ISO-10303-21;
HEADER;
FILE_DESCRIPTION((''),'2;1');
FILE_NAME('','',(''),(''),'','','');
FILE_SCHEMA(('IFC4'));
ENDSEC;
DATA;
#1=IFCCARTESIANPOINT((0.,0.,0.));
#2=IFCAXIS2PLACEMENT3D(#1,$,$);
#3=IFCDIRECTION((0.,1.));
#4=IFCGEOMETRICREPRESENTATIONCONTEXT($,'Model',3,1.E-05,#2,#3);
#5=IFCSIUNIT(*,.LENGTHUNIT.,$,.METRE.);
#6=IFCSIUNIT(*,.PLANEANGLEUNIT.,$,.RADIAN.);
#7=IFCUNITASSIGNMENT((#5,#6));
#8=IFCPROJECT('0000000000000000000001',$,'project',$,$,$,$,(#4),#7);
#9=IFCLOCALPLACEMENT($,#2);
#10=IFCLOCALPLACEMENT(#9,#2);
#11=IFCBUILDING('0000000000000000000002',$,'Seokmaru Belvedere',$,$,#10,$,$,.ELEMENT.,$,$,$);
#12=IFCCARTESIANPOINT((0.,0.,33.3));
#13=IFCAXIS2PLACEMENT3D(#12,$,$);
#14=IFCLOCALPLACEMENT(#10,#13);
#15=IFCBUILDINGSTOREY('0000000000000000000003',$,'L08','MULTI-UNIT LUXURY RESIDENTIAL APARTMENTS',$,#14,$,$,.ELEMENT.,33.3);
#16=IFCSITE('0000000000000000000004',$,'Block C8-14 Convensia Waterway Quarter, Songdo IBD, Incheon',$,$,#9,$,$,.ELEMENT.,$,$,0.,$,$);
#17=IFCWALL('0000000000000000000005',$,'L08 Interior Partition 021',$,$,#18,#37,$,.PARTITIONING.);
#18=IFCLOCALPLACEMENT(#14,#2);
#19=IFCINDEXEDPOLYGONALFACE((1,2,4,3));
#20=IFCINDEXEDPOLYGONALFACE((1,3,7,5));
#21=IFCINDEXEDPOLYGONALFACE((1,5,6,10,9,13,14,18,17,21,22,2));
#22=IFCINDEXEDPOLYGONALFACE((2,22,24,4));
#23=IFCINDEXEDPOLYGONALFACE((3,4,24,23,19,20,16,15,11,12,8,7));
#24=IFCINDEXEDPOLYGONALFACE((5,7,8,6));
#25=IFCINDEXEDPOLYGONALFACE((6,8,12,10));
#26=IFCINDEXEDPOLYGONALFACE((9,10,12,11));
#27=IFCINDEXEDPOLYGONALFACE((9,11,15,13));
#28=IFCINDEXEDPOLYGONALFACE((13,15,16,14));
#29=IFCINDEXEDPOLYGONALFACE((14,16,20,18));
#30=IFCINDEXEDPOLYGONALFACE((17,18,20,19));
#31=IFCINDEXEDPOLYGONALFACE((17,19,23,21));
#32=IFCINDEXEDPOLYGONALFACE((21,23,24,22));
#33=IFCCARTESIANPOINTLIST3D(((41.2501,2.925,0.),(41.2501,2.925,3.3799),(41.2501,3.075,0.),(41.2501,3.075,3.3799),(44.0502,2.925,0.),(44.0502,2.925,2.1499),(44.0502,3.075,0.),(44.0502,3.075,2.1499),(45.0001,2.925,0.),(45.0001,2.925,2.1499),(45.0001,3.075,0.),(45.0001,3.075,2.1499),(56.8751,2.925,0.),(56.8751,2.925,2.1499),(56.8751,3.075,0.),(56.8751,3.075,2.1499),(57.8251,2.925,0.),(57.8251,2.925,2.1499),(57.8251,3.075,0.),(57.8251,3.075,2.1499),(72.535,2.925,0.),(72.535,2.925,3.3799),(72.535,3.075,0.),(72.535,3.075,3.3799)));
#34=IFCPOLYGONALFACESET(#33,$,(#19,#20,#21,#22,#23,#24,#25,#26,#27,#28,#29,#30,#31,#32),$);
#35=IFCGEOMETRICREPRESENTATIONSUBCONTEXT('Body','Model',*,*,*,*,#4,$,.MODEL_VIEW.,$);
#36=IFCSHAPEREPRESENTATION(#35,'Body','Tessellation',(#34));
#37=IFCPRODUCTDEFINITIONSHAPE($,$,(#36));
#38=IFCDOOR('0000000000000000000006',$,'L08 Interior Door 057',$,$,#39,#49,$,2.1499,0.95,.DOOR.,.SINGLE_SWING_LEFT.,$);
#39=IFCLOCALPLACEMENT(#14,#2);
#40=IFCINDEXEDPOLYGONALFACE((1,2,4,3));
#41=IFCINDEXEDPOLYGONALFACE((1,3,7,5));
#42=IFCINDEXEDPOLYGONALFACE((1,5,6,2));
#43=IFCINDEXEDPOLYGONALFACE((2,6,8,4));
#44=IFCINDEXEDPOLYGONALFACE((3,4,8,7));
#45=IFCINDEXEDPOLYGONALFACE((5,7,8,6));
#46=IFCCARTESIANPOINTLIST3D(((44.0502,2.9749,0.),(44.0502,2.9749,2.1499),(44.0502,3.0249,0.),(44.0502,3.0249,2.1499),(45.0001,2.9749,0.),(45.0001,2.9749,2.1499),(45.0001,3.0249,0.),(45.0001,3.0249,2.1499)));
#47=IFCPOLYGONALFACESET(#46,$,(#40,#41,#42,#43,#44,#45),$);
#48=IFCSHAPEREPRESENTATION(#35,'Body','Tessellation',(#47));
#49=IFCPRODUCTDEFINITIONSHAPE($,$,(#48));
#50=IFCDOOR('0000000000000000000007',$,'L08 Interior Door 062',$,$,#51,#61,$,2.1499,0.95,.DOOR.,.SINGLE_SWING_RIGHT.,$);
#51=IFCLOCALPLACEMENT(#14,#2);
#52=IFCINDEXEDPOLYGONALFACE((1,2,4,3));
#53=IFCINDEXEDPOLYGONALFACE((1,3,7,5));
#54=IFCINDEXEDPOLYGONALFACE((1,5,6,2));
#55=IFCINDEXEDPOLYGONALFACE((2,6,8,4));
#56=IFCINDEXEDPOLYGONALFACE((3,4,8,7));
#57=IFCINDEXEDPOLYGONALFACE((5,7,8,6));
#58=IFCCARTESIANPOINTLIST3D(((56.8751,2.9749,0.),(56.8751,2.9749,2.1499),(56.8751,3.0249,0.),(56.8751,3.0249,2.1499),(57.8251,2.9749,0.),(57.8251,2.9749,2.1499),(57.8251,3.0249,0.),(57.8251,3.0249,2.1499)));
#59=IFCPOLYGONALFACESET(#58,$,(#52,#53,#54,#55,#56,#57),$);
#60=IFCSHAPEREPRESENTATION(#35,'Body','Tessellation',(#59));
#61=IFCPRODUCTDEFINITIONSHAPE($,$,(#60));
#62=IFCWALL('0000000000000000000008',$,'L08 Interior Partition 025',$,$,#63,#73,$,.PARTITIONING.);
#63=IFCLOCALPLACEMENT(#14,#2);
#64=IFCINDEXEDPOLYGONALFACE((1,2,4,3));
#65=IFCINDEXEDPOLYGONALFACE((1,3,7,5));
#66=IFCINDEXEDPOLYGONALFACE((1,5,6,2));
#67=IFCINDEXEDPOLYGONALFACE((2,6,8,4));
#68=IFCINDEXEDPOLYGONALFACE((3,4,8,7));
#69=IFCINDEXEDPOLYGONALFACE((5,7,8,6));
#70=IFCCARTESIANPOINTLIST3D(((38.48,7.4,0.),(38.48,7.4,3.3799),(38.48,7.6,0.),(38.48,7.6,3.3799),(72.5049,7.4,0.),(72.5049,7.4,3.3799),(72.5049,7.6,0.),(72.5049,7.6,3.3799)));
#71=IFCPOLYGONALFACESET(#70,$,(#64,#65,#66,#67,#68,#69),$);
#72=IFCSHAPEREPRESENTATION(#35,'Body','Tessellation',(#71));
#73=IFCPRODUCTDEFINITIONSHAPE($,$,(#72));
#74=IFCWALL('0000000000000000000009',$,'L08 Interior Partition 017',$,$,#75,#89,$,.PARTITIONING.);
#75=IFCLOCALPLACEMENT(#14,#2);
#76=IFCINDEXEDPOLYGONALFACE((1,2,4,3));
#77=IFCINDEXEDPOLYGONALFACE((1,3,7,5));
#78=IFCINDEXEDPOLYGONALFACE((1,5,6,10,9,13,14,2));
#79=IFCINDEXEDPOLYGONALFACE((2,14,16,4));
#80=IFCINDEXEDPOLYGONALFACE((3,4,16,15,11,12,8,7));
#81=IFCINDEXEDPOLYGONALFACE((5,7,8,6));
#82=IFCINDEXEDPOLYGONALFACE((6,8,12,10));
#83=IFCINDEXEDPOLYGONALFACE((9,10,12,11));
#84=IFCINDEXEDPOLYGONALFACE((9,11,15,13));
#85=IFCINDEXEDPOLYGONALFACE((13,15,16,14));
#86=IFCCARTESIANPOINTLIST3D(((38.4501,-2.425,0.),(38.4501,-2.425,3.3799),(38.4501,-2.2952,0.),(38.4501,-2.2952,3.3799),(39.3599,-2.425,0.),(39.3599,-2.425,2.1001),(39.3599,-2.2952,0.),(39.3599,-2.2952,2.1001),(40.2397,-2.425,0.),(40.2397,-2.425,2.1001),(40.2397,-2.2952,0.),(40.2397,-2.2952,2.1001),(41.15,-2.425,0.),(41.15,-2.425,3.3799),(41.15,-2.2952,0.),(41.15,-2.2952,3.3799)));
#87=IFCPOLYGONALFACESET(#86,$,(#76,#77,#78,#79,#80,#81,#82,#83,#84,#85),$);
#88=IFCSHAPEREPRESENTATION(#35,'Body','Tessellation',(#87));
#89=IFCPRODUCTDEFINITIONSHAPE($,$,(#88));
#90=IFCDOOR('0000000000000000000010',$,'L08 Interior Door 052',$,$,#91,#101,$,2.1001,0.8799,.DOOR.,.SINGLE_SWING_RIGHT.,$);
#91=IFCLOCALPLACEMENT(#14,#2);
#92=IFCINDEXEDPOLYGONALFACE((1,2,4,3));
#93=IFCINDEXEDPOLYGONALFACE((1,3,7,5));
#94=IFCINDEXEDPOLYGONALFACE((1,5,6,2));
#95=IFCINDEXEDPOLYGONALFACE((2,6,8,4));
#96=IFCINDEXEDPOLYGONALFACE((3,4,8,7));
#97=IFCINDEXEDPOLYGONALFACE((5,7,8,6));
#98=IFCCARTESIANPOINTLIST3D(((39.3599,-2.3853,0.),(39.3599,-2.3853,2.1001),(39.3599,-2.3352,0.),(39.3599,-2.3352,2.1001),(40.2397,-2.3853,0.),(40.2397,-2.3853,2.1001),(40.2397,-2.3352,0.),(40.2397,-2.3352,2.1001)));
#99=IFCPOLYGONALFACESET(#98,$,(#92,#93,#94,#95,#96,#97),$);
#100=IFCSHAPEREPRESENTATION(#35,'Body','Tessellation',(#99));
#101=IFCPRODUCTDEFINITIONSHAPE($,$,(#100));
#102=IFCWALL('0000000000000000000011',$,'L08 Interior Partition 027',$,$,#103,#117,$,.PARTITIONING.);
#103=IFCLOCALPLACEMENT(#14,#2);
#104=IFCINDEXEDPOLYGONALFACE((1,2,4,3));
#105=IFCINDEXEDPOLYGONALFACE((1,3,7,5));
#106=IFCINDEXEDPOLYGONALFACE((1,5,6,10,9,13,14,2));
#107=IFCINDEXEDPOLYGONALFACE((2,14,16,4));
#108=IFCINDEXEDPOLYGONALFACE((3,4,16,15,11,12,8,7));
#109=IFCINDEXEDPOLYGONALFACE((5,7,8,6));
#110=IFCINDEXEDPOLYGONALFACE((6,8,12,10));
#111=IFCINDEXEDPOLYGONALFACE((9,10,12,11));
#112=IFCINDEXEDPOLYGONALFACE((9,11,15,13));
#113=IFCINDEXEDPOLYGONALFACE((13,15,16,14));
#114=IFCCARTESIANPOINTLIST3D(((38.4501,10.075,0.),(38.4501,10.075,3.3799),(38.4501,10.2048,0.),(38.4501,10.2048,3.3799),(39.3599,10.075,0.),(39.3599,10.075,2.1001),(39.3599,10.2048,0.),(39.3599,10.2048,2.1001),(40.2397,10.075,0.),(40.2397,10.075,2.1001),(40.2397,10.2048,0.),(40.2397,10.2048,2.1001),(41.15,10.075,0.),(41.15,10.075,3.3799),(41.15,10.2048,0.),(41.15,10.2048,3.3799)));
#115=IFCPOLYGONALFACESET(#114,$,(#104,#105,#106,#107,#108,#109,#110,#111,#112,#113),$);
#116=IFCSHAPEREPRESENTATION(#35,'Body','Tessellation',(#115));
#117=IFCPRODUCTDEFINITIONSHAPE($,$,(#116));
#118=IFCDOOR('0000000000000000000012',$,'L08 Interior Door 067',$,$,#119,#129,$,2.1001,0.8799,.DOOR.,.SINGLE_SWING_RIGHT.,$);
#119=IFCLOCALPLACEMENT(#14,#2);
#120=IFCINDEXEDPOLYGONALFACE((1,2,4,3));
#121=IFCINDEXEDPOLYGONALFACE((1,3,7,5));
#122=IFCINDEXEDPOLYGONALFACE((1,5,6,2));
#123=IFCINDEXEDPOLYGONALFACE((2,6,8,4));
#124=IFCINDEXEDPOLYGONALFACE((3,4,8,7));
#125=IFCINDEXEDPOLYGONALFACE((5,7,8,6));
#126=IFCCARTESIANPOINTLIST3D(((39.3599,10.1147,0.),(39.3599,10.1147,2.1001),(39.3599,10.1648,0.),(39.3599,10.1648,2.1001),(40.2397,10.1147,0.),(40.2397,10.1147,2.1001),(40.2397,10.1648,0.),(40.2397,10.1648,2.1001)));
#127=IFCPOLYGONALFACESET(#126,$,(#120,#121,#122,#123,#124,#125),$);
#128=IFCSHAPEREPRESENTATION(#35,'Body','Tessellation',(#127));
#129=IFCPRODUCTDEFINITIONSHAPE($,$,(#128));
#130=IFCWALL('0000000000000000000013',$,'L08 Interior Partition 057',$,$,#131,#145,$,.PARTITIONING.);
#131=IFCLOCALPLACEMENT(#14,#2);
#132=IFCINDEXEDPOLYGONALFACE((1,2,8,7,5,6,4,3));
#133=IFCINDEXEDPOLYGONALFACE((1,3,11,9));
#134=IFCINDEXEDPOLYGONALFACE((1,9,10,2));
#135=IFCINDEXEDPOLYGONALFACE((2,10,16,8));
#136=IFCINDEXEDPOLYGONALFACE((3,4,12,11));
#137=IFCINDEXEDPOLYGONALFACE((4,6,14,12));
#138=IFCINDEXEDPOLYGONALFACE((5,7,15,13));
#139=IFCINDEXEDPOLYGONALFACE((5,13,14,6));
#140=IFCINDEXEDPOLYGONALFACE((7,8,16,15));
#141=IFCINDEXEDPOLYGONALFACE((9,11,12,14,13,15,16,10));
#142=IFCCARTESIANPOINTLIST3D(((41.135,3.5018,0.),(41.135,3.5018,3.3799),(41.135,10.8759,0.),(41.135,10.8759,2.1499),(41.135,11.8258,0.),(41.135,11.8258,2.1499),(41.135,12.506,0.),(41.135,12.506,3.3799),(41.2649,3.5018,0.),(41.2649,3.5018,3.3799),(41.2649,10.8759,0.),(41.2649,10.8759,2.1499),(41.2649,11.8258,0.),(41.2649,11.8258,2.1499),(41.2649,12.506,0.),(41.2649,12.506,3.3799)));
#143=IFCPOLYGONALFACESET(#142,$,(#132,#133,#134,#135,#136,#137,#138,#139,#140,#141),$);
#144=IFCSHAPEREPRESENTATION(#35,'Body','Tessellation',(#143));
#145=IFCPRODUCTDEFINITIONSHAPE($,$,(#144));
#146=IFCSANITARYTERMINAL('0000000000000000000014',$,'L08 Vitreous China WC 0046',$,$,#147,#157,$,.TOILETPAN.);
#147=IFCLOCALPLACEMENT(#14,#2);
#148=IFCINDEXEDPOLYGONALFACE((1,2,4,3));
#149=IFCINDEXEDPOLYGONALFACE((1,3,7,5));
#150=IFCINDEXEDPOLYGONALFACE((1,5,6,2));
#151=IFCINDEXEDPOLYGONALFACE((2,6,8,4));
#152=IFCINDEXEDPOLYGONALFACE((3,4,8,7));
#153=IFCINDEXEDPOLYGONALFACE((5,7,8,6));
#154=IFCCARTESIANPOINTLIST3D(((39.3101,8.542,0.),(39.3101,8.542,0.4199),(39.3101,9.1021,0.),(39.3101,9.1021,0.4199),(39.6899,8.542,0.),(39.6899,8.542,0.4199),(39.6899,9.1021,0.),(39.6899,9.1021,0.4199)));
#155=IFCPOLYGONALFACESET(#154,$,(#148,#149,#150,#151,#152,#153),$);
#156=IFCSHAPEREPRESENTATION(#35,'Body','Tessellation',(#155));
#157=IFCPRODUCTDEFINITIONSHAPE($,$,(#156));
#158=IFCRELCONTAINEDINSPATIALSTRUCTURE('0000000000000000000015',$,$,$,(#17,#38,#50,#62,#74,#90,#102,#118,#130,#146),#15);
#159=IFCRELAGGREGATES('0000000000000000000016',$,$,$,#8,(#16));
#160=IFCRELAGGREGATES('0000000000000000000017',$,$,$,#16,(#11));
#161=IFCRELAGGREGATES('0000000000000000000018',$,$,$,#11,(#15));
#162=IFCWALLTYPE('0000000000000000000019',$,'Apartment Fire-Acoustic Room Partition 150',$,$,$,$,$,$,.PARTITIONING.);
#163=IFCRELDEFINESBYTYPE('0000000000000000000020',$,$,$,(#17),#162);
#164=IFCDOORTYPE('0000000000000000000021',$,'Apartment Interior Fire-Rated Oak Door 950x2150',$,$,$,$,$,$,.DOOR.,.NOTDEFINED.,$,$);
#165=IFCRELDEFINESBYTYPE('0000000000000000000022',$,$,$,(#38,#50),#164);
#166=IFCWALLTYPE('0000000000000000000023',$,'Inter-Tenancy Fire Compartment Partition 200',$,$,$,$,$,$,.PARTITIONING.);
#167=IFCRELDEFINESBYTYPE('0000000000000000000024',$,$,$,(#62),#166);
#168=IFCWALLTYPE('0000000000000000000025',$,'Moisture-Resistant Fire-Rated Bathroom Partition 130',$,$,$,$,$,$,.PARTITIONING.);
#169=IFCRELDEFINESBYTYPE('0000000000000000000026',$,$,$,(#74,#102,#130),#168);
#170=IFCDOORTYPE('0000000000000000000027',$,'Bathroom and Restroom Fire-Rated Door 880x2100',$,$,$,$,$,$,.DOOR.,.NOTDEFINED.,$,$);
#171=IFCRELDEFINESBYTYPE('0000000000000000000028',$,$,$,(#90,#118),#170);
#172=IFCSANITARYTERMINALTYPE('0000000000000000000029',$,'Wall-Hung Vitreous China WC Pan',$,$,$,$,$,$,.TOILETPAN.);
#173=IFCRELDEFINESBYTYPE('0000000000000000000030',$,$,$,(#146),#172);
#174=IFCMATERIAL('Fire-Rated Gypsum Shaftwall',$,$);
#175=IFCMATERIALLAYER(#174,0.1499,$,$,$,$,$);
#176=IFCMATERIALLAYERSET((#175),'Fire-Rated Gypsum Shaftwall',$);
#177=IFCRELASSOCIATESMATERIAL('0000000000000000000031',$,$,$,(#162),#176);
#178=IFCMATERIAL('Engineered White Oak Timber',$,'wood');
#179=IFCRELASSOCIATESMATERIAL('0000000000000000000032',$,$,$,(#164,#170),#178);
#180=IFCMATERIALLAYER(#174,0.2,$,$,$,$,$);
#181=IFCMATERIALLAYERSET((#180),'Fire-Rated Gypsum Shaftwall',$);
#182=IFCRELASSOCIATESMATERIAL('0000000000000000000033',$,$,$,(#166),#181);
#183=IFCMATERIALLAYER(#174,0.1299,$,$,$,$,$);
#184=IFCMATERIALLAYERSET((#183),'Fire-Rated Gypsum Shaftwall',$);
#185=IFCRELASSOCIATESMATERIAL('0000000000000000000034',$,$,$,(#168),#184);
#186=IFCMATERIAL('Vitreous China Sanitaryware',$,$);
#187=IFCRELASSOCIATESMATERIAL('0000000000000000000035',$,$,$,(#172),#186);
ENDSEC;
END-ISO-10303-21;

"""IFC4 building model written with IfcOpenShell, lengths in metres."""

from ifc_helpers import new_model, si_unit, direction, frame, frame_2d, origin, origin_2d, place, context, subcontext, project, spatial, rectangle, extrude, source, transform, mapped, material, layer, layer_set, type_object, type_shapes, element, fill, save


model = new_model("IFC4")

# Units and contexts
model_context = context("Model", 3, precision=1e-05, world=origin(), true_north=direction((0.0, 1.0)))
body_context = subcontext(model_context, "Body", "Model", "MODEL_VIEW")
ifc_project = project(units=[si_unit("LENGTHUNIT", "METRE"), si_unit("PLANEANGLEUNIT", "RADIAN")], contexts=[model_context])

# Site, building, storey
site_placement = place(None, origin())
site = spatial("IfcSite", under=ifc_project, at=site_placement, Name="Block C8-14 Convensia Waterway Quarter, Songdo IBD, Incheon", CompositionType="ELEMENT", RefElevation=0.0)
building_placement = place(site_placement, origin())
building = spatial("IfcBuilding", under=site, at=building_placement, Name="Seokmaru Belvedere", CompositionType="ELEMENT")
storey_placement = place(building_placement, frame((0.0, 0.0, 33.3)))
storey = spatial("IfcBuildingStorey", under=building, at=storey_placement, Name="L08", Description="MULTI-UNIT LUXURY RESIDENTIAL APARTMENTS", CompositionType="ELEMENT", Elevation=33.3)

# Wall, openings, doors
ifc_material_1 = material(Name="Fire-Rated Gypsum Shaftwall")
ifc_layer_1 = layer(ifc_material_1, 0.1499)
ifc_layer_set_1 = layer_set([ifc_layer_1], Name="Fire-Rated Gypsum Shaftwall")
wall_type_1 = type_object("IfcWallType", Name="Apartment Fire-Acoustic Room Partition 150", PredefinedType="PARTITIONING", material=ifc_layer_set_1)
ifc_material_2 = material(Name="Engineered White Oak Timber", Category="wood")
door_type_1 = type_object("IfcDoorType", Name="Apartment Interior Fire-Rated Oak Door 950x2150", OperationType="NOTDEFINED", PredefinedType="DOOR", material=ifc_material_2)
shared_shape_1 = source(origin(), body_context, "Body", "SweptSolid", [
    extrude(rectangle(XDim=0.95, YDim=2.1499, at=frame_2d((0.4751, 1.075))), frame((0.0, 0.0249, 0.0), z_axis=(0.0, -1.0, 0.0), x_axis=(1.0, 0.0, 0.0)), (0.0, 0.0, 1.0), 0.05),
])
type_shapes(door_type_1, [shared_shape_1])
wall_1_placement = place(storey_placement, frame((41.25, 3.0, 0.0), z_axis=(0.0, 0.0, 1.0), x_axis=(1.0, 0.0, 0.0)))
wall_1 = element("IfcWall", 1, at=wall_1_placement, inside=storey, type_object=wall_type_1, Name="L08 Interior Partition 021", PredefinedType="PARTITIONING", context=body_context, shape_type="SweptSolid", body=[
    extrude(rectangle(XDim=31.2849, YDim=0.1499, at=frame_2d((15.6426, 0.0))), origin(), (0.0, 0.0, 1.0), 3.3799),
])
opening_1_placement = place(wall_1_placement, frame((2.8, 0.0, 0.0)))
opening_1 = element("IfcOpeningElement", 2, at=opening_1_placement, cuts=wall_1, PredefinedType="OPENING", context=body_context, shape_type="SweptSolid", body=[
    extrude(rectangle(XDim=0.95, YDim=2.1499, at=frame_2d((0.4751, 1.075))), frame((0.0, 0.085, 0.0), z_axis=(0.0, -1.0, 0.0), x_axis=(1.0, 0.0, 0.0)), (0.0, 0.0, 1.0), 0.1699),
])
opening_2_placement = place(wall_1_placement, frame((15.625, 0.0, 0.0)))
opening_2 = element("IfcOpeningElement", 3, at=opening_2_placement, cuts=wall_1, PredefinedType="OPENING", context=body_context, shape_type="SweptSolid", body=[
    extrude(rectangle(XDim=0.95, YDim=2.1499, at=frame_2d((0.4751, 1.075))), frame((0.0, 0.085, 0.0), z_axis=(0.0, -1.0, 0.0), x_axis=(1.0, 0.0, 0.0)), (0.0, 0.0, 1.0), 0.1699),
])
door_1_placement = place(opening_1_placement, origin())
door_1 = element("IfcDoor", 4, at=door_1_placement, inside=storey, type_object=door_type_1, Name="L08 Interior Door 057", OperationType="SINGLE_SWING_LEFT", OverallHeight=2.1499, OverallWidth=0.95, PredefinedType="DOOR", context=body_context, shape_type="MappedRepresentation", body=[
    mapped(shared_shape_1, transform((0.0, 0.0, 0.0), scale=1.0)),
])
fill(opening_1, door_1)
door_2_placement = place(opening_2_placement, origin())
door_2 = element("IfcDoor", 5, at=door_2_placement, inside=storey, type_object=door_type_1, Name="L08 Interior Door 062", OperationType="SINGLE_SWING_RIGHT", OverallHeight=2.1499, OverallWidth=0.95, PredefinedType="DOOR", context=body_context, shape_type="MappedRepresentation", body=[
    mapped(shared_shape_1, transform((0.0, 0.0, 0.0), scale=1.0)),
])
fill(opening_2, door_2)

# Wall
ifc_layer_2 = layer(ifc_material_1, 0.2)
ifc_layer_set_2 = layer_set([ifc_layer_2], Name="Fire-Rated Gypsum Shaftwall")
wall_type_2 = type_object("IfcWallType", Name="Inter-Tenancy Fire Compartment Partition 200", PredefinedType="PARTITIONING", material=ifc_layer_set_2)
wall_2_placement = place(storey_placement, frame((38.48, 7.5, 0.0), z_axis=(0.0, 0.0, 1.0), x_axis=(1.0, 0.0, 0.0)))
element("IfcWall", 6, at=wall_2_placement, inside=storey, type_object=wall_type_2, Name="L08 Interior Partition 025", PredefinedType="PARTITIONING", context=body_context, shape_type="SweptSolid", body=[
    extrude(rectangle(XDim=34.0249, YDim=0.2, at=frame_2d((17.0125, 0.0))), origin(), (0.0, 0.0, 1.0), 3.3799),
])

# Walls, openings, doors
ifc_layer_3 = layer(ifc_material_1, 0.1299)
ifc_layer_set_3 = layer_set([ifc_layer_3], Name="Fire-Rated Gypsum Shaftwall")
wall_type_3 = type_object("IfcWallType", Name="Moisture-Resistant Fire-Rated Bathroom Partition 130", PredefinedType="PARTITIONING", material=ifc_layer_set_3)
wall_3_placement = place(storey_placement, frame((38.45, -2.3601, 0.0), z_axis=(0.0, 0.0, 1.0), x_axis=(1.0, 0.0, 0.0)))
wall_3 = element("IfcWall", 7, at=wall_3_placement, inside=storey, type_object=wall_type_3, Name="L08 Interior Partition 017", PredefinedType="PARTITIONING", context=body_context, shape_type="SweptSolid", body=[
    extrude(rectangle(XDim=2.7, YDim=0.1299, at=frame_2d((1.3501, 0.0))), origin(), (0.0, 0.0, 1.0), 3.3799),
])
opening_3_placement = place(wall_3_placement, frame((0.9099, 0.0, 0.0)))
opening_3 = element("IfcOpeningElement", 8, at=opening_3_placement, cuts=wall_3, PredefinedType="OPENING", context=body_context, shape_type="SweptSolid", body=[
    extrude(rectangle(XDim=0.8799, YDim=2.1001, at=frame_2d((0.4399, 1.05))), frame((0.0, 0.075, 0.0), z_axis=(0.0, -1.0, 0.0), x_axis=(1.0, 0.0, 0.0)), (0.0, 0.0, 1.0), 0.1499),
])
door_type_2 = type_object("IfcDoorType", Name="Bathroom and Restroom Fire-Rated Door 880x2100", OperationType="NOTDEFINED", PredefinedType="DOOR", material=ifc_material_2)
shared_shape_2 = source(origin(), body_context, "Body", "SweptSolid", [
    extrude(rectangle(XDim=0.8799, YDim=2.1001, at=frame_2d((0.4399, 1.05))), frame((0.0, 0.0249, 0.0), z_axis=(0.0, -1.0, 0.0), x_axis=(1.0, 0.0, 0.0)), (0.0, 0.0, 1.0), 0.05),
])
type_shapes(door_type_2, [shared_shape_2])
door_3_placement = place(opening_3_placement, origin())
door_3 = element("IfcDoor", 9, at=door_3_placement, inside=storey, type_object=door_type_2, Name="L08 Interior Door 052", OperationType="SINGLE_SWING_RIGHT", OverallHeight=2.1001, OverallWidth=0.8799, PredefinedType="DOOR", context=body_context, shape_type="MappedRepresentation", body=[
    mapped(shared_shape_2, transform((0.0, 0.0, 0.0), scale=1.0)),
])
fill(opening_3, door_3)
wall_4_placement = place(storey_placement, frame((38.45, 10.1399, 0.0), z_axis=(0.0, 0.0, 1.0), x_axis=(1.0, 0.0, 0.0)))
wall_4 = element("IfcWall", 10, at=wall_4_placement, inside=storey, type_object=wall_type_3, Name="L08 Interior Partition 027", PredefinedType="PARTITIONING", context=body_context, shape_type="SweptSolid", body=[
    extrude(rectangle(XDim=2.7, YDim=0.1299, at=frame_2d((1.3501, 0.0))), origin(), (0.0, 0.0, 1.0), 3.3799),
])
opening_4_placement = place(wall_4_placement, frame((0.9099, 0.0, 0.0)))
opening_4 = element("IfcOpeningElement", 11, at=opening_4_placement, cuts=wall_4, PredefinedType="OPENING", context=body_context, shape_type="SweptSolid", body=[
    extrude(rectangle(XDim=0.8799, YDim=2.1001, at=frame_2d((0.4399, 1.05))), frame((0.0, 0.075, 0.0), z_axis=(0.0, -1.0, 0.0), x_axis=(1.0, 0.0, 0.0)), (0.0, 0.0, 1.0), 0.1499),
])
door_4_placement = place(opening_4_placement, origin())
door_4 = element("IfcDoor", 12, at=door_4_placement, inside=storey, type_object=door_type_2, Name="L08 Interior Door 067", OperationType="SINGLE_SWING_RIGHT", OverallHeight=2.1001, OverallWidth=0.8799, PredefinedType="DOOR", context=body_context, shape_type="MappedRepresentation", body=[
    mapped(shared_shape_2, transform((0.0, 0.0, 0.0), scale=1.0)),
])
fill(opening_4, door_4)

# Wall, opening
wall_5_placement = place(storey_placement, frame((41.2, 3.502, 0.0), z_axis=(0.0, 0.0, 1.0), x_axis=(0.0, 1.0, 0.0)))
wall_5 = element("IfcWall", 13, at=wall_5_placement, inside=storey, type_object=wall_type_3, Name="L08 Interior Partition 057", PredefinedType="PARTITIONING", context=body_context, shape_type="SweptSolid", body=[
    extrude(rectangle(XDim=9.0042, YDim=0.1299, at=frame_2d((4.502, 0.0))), origin(), (0.0, 0.0, 1.0), 3.3799),
])
opening_5_placement = place(wall_5_placement, frame((7.3738, 0.0, 0.0)))
element("IfcOpeningElement", 14, at=opening_5_placement, cuts=wall_5, PredefinedType="OPENING", context=body_context, shape_type="SweptSolid", body=[
    extrude(rectangle(XDim=0.95, YDim=2.1499, at=frame_2d((0.4751, 1.075))), frame((0.0, 0.075, 0.0), z_axis=(0.0, -1.0, 0.0), x_axis=(1.0, 0.0, 0.0)), (0.0, 0.0, 1.0), 0.1499),
])

# Sanitary terminal
ifc_material_3 = material(Name="Vitreous China Sanitaryware")
sanitary_terminal_type_1 = type_object("IfcSanitaryTerminalType", Name="Wall-Hung Vitreous China WC Pan", PredefinedType="TOILETPAN", material=ifc_material_3)
shared_shape_3 = source(origin(), body_context, "Body", "SweptSolid", [
    extrude(rectangle(XDim=0.3799, YDim=0.5601, at=origin_2d()), origin(), (0.0, 0.0, 1.0), 0.4199),
])
type_shapes(sanitary_terminal_type_1, [shared_shape_3])
sanitary_terminal_1_placement = place(storey_placement, frame((39.5, 8.822, 0.0), z_axis=(0.0, 0.0, 1.0), x_axis=(1.0, 0.0, 0.0)))
element("IfcSanitaryTerminal", 15, at=sanitary_terminal_1_placement, inside=storey, type_object=sanitary_terminal_type_1, Name="L08 Vitreous China WC 0046", PredefinedType="TOILETPAN", context=body_context, shape_type="MappedRepresentation", body=[
    mapped(shared_shape_3, transform((0.0, 0.0, 0.0), scale=1.0)),
])

save(model, "model.ifc")
